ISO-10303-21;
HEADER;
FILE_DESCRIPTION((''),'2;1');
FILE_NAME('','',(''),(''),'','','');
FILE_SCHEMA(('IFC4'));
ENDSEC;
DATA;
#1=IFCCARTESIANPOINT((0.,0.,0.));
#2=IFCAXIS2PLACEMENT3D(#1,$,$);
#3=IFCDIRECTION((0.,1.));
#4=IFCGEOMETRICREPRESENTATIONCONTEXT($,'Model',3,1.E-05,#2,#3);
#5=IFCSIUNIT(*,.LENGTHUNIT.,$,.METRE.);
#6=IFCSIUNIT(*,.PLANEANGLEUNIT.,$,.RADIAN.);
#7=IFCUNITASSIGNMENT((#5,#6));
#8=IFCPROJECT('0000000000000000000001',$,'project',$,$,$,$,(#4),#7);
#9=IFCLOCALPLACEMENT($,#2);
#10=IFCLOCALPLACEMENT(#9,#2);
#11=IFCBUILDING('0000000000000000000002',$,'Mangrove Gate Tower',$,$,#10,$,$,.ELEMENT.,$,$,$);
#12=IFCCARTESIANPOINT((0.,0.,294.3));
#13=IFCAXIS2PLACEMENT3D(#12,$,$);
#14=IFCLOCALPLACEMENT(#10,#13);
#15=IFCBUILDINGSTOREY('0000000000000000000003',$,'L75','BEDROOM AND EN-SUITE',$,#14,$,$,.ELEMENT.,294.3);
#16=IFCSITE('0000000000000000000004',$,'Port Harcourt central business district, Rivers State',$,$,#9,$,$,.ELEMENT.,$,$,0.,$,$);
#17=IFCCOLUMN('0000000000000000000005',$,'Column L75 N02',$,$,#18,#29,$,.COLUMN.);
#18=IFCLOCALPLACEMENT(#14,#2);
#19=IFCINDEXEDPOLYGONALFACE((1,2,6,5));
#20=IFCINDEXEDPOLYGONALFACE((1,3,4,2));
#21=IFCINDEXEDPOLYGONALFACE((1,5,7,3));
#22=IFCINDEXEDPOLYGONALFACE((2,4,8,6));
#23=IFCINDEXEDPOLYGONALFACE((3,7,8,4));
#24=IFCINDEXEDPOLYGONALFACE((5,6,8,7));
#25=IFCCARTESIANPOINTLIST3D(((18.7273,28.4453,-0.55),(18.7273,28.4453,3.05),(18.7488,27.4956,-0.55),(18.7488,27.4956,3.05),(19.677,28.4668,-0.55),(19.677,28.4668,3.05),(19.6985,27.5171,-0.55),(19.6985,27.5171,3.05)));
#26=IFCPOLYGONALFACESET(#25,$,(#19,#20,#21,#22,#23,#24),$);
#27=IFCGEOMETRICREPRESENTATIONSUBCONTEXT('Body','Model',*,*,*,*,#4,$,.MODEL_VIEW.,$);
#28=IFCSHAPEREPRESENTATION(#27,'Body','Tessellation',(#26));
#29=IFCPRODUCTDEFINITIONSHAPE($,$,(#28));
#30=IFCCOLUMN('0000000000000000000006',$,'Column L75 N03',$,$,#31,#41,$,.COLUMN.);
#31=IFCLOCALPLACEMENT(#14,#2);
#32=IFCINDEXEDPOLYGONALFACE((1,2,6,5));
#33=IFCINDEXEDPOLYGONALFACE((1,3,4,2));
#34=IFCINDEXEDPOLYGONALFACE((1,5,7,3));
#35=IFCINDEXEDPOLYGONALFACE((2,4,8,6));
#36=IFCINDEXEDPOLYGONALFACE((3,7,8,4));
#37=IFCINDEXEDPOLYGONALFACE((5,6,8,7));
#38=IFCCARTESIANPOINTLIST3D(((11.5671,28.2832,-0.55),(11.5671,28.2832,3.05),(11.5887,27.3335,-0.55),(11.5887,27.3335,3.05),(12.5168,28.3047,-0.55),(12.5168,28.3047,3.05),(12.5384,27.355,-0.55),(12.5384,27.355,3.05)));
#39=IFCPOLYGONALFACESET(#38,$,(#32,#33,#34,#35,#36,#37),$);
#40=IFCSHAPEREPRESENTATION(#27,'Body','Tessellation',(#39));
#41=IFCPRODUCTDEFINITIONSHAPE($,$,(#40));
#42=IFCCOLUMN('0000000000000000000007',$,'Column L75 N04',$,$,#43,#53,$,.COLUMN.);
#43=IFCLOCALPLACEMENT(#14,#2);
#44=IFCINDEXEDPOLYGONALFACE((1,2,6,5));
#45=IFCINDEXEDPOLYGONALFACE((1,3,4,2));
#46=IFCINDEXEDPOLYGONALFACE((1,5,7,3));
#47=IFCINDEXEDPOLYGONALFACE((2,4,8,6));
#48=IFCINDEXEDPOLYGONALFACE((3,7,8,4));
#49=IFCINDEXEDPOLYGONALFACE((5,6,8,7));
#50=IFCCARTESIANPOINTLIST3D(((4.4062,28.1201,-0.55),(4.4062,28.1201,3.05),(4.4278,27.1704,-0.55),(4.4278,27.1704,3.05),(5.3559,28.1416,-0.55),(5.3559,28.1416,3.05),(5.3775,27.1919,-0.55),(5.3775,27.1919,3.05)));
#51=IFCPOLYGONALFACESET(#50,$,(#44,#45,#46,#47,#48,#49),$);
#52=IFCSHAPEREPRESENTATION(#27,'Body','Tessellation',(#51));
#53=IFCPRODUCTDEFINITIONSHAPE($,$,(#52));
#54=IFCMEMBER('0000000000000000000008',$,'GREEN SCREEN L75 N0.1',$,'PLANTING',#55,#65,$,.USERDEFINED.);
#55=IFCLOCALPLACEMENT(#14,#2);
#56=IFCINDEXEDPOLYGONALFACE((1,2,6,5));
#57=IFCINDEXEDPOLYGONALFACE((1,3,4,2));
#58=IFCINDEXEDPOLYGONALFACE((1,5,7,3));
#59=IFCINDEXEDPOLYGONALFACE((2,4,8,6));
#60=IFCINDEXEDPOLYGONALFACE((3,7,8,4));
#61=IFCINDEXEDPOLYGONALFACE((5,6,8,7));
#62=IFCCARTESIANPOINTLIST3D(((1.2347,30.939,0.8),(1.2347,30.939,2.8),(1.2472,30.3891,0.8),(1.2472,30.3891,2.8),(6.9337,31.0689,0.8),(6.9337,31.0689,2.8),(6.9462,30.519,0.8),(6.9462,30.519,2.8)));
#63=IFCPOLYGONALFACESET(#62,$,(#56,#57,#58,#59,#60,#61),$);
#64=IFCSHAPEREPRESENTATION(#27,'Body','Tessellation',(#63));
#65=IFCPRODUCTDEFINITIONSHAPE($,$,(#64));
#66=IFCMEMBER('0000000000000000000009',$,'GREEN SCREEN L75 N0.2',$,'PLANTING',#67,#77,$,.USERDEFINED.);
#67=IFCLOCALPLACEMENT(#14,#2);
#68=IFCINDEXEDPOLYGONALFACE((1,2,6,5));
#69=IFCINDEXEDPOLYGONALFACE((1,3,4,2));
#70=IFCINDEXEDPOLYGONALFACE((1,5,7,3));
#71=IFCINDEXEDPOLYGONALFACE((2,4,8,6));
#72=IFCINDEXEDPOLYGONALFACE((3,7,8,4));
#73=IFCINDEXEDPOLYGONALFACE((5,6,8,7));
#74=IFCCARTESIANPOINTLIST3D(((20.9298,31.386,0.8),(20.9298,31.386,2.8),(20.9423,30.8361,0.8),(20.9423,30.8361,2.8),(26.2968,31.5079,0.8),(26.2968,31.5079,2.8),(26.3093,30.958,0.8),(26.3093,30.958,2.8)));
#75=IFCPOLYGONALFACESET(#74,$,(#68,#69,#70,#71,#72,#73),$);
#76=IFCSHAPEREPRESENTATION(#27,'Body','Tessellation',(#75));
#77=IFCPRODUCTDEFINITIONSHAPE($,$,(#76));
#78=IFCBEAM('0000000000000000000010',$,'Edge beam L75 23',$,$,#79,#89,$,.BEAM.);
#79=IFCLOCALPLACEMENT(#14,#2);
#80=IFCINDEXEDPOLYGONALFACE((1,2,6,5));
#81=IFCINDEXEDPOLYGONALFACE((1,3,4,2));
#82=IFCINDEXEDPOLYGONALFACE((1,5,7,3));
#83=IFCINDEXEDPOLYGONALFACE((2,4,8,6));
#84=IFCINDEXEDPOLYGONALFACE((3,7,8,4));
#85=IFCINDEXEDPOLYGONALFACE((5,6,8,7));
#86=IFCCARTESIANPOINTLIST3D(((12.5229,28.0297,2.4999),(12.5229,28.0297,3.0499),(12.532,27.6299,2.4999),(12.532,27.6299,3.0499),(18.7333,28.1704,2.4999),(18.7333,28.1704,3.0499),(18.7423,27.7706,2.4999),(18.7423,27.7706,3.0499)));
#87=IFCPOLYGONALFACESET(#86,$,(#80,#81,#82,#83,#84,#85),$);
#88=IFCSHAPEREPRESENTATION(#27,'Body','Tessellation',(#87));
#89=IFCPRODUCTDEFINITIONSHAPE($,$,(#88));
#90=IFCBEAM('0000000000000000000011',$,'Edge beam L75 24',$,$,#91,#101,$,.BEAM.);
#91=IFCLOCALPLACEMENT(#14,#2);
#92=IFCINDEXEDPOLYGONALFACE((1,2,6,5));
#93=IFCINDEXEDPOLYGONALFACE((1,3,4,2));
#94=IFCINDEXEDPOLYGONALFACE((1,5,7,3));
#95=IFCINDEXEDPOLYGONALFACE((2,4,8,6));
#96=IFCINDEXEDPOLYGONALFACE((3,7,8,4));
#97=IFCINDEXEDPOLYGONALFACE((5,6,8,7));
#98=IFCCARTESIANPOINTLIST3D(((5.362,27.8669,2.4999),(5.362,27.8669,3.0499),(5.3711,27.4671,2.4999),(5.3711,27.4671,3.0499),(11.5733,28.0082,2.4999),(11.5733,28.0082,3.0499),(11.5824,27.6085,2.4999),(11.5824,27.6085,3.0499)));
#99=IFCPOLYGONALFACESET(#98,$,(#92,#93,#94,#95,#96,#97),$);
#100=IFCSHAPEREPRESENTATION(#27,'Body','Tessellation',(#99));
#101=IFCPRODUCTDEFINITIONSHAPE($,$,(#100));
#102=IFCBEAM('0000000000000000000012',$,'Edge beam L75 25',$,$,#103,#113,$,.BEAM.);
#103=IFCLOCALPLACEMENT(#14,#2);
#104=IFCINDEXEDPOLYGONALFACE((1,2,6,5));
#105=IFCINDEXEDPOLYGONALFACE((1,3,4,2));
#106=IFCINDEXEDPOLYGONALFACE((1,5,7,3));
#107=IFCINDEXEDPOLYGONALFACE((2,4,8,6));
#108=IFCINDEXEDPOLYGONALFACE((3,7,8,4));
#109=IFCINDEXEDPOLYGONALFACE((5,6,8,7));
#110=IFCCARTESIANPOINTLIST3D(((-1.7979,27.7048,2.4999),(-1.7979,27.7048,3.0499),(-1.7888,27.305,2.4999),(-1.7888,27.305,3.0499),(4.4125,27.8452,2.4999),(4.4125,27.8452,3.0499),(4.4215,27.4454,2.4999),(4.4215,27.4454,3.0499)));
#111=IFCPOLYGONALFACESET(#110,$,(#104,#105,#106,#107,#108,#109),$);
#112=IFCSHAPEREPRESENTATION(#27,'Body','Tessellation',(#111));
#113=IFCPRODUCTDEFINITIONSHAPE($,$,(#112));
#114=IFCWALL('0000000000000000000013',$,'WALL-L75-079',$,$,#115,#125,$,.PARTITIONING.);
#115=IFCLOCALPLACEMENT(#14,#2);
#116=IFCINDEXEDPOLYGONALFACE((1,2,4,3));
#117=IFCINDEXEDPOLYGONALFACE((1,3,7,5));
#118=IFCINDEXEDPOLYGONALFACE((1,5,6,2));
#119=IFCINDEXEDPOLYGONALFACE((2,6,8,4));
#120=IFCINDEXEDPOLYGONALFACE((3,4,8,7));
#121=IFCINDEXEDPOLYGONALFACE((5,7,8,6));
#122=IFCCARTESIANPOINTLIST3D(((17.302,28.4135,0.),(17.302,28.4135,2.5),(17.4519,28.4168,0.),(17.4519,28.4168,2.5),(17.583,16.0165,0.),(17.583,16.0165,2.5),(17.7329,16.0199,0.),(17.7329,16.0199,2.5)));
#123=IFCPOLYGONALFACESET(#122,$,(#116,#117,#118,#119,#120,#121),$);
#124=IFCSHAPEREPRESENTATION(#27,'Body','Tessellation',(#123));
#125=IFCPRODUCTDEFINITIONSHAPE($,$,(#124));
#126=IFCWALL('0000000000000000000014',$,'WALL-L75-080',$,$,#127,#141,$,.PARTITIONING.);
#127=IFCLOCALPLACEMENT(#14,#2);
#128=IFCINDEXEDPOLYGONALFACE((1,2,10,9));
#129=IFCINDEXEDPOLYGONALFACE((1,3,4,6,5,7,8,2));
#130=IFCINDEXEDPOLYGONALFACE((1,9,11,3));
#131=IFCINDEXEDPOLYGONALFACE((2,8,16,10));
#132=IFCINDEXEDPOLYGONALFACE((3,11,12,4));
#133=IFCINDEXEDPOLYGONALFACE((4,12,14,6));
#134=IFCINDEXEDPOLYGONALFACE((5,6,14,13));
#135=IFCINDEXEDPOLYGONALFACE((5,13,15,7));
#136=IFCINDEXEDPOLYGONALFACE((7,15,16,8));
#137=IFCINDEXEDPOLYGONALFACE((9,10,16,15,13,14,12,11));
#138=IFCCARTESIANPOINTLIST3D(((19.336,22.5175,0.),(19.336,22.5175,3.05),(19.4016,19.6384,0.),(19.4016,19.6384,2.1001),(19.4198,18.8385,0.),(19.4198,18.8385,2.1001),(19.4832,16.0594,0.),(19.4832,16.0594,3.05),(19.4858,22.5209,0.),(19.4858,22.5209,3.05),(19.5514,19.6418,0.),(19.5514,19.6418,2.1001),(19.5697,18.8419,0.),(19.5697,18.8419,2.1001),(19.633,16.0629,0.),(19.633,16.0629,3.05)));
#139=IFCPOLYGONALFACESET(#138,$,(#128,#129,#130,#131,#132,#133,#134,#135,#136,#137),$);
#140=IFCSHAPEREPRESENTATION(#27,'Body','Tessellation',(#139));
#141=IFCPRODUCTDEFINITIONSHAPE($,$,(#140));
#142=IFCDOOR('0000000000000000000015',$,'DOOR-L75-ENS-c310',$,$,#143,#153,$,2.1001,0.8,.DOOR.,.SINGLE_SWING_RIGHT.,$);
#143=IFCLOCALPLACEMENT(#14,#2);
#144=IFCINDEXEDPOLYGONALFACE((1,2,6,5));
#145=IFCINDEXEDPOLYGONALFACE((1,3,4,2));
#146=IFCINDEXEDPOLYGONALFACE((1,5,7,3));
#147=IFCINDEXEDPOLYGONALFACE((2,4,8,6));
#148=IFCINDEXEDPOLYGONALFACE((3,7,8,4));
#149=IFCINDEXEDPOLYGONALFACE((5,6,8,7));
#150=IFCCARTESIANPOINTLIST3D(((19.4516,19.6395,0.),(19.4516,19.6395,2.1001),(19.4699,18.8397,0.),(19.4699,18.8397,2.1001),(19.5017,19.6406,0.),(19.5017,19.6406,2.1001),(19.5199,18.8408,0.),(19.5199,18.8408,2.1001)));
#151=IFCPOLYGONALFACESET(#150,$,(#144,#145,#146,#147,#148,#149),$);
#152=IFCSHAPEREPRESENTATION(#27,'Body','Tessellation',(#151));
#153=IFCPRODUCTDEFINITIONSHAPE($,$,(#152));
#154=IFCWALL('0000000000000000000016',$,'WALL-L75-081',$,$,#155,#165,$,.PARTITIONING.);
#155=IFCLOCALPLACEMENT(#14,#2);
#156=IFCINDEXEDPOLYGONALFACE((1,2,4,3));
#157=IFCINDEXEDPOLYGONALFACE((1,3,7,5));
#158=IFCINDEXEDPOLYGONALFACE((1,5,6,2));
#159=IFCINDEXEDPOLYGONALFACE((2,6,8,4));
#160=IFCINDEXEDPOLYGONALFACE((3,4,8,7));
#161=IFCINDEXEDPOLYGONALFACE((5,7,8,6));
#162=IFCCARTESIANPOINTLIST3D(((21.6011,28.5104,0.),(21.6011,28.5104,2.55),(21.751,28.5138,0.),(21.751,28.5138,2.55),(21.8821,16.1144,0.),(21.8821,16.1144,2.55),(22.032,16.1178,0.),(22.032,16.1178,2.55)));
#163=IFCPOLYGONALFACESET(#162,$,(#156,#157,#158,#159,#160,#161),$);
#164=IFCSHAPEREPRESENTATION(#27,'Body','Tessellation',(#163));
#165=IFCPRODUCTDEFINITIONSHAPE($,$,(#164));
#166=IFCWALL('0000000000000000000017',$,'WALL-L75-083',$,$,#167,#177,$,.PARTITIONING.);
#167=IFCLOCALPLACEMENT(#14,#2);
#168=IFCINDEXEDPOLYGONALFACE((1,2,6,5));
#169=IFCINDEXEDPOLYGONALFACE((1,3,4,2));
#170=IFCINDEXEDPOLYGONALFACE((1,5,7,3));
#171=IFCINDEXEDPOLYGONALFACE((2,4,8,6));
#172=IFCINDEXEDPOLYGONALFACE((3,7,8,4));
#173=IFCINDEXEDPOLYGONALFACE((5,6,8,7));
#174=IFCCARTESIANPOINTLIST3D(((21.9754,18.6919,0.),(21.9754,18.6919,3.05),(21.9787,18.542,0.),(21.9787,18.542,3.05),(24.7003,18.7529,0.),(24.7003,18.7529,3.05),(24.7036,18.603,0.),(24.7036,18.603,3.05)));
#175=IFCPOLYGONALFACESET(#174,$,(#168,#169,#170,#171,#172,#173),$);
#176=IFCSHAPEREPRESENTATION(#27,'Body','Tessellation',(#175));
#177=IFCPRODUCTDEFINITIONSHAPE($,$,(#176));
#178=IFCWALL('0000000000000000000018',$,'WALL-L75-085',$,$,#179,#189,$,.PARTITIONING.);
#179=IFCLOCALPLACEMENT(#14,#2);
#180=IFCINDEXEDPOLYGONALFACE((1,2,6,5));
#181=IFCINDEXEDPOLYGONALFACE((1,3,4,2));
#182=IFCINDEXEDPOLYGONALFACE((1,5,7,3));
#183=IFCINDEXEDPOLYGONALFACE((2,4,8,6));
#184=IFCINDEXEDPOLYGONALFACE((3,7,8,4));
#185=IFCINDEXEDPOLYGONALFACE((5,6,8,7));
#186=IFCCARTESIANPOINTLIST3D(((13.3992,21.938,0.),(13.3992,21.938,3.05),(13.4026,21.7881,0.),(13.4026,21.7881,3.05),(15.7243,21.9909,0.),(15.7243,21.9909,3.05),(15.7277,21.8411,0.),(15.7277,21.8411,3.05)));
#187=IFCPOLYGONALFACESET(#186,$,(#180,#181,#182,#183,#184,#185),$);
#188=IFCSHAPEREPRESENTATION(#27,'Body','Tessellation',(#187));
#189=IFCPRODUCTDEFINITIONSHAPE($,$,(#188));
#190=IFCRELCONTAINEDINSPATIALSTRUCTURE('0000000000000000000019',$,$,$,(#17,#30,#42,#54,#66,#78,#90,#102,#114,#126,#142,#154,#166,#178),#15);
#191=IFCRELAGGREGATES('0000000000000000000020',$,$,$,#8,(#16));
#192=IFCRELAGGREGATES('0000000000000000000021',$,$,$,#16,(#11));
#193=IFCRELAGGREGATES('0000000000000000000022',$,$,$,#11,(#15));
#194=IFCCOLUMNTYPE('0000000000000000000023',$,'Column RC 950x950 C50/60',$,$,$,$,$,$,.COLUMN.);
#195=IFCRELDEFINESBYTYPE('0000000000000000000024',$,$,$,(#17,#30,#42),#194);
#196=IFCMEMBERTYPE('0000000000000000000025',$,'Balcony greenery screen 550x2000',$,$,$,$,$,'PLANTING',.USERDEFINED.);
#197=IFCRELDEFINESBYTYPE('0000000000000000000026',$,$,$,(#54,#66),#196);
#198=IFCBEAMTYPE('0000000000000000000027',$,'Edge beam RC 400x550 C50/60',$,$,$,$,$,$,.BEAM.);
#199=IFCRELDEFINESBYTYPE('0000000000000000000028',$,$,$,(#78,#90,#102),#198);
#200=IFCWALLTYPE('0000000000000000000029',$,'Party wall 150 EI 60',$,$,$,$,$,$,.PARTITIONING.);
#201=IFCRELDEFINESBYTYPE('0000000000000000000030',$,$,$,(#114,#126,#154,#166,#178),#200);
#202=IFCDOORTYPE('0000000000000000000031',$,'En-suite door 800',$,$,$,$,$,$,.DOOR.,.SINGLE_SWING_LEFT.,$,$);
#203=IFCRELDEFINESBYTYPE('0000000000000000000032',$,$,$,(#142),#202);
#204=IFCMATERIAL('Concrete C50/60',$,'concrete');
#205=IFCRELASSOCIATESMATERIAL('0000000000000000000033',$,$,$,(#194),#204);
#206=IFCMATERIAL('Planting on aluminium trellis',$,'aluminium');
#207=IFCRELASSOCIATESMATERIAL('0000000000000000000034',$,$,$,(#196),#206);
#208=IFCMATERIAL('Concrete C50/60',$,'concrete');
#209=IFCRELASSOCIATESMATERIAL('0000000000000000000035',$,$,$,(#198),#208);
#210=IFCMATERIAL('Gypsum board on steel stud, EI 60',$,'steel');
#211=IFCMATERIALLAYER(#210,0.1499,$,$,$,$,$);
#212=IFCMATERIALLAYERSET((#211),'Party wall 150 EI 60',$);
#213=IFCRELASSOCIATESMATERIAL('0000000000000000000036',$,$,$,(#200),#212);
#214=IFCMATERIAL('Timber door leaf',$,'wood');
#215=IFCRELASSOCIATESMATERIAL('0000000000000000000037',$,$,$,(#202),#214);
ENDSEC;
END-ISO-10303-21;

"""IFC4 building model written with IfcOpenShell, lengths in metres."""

from ifc_helpers import new_model, si_unit, direction, frame, frame_2d, origin, origin_2d, place, context, subcontext, project, spatial, rectangle, extrude, material, layer, layer_set, material_profile, profile_set, type_object, element, fill, save


model = new_model("IFC4")

# Units and contexts
model_context = context("Model", 3, precision=1e-05, world=origin(), true_north=direction((0.0, 1.0)))
body_context = subcontext(model_context, "Body", "Model", "MODEL_VIEW")
ifc_project = project(units=[si_unit("LENGTHUNIT", "METRE"), si_unit("PLANEANGLEUNIT", "RADIAN")], contexts=[model_context])

# Site, building, storey
site_placement = place(None, origin())
site = spatial("IfcSite", under=ifc_project, at=site_placement, Name="Port Harcourt central business district, Rivers State", CompositionType="ELEMENT", RefElevation=0.0)
building_placement = place(site_placement, origin())
building = spatial("IfcBuilding", under=site, at=building_placement, Name="Mangrove Gate Tower", CompositionType="ELEMENT")
storey_placement = place(building_placement, frame((0.0, 0.0, 294.3)))
storey = spatial("IfcBuildingStorey", under=building, at=storey_placement, Name="L75", Description="BEDROOM AND EN-SUITE", CompositionType="ELEMENT", Elevation=294.3)

# Columns
ifc_material_1 = material(Name="Concrete C50/60", Category="concrete")
ifc_material_profile_1 = material_profile(ifc_material_1, rectangle(XDim=0.95, YDim=0.95, at=origin_2d()))
ifc_profile_set_1 = profile_set([ifc_material_profile_1], Name="Concrete C50/60")
column_type = type_object("IfcColumnType", Name="Column RC 950x950 C50/60", PredefinedType="COLUMN", material=ifc_profile_set_1)
for number, where, z_axis, x_axis, name in (
    (1, (19.2129, 27.9812, -0.55), (0.0, 0.0, 1.0), (-0.999743, -0.022688, 0.0), "Column L75 N02"),
    (2, (12.0527, 27.8191, -0.55), (0.0, 0.0, 1.0), (-0.999743, -0.022688, 0.0), "Column L75 N03"),
    (3, (4.8918, 27.656, -0.55), (0.0, 0.0, 1.0), (-0.999743, -0.022688, 0.0), "Column L75 N04"),
):
    element("IfcColumn", number, at=place(storey_placement, frame(where, z_axis=z_axis, x_axis=x_axis)), inside=storey, type_object=column_type, Name=name, PredefinedType="COLUMN", context=body_context, shape_type="SweptSolid", body=[
        extrude(rectangle(XDim=0.95, YDim=0.95, at=origin_2d()), origin(), (0.0, 0.0, 1.0), 3.6001),
    ])

# Members
ifc_material_2 = material(Name="Planting on aluminium trellis", Category="aluminium")
ifc_material_profile_2 = material_profile(ifc_material_2, rectangle(XDim=0.55, YDim=2.0, at=origin_2d()))
ifc_profile_set_2 = profile_set([ifc_material_profile_2], Name="Planting on aluminium trellis")
member_type = type_object("IfcMemberType", Name="Balcony greenery screen 550x2000", ElementType="PLANTING", PredefinedType="USERDEFINED", material=ifc_profile_set_2)
member_1_placement = place(storey_placement, frame((1.241, 30.6641, 1.8), z_axis=(0.99974, 0.022785, 0.0), x_axis=(-0.022785, 0.99974, 0.0)))
element("IfcMember", 4, at=member_1_placement, inside=storey, type_object=member_type, Name="GREEN SCREEN L75 N0.1", ObjectType="PLANTING", PredefinedType="USERDEFINED", context=body_context, shape_type="SweptSolid", body=[
    extrude(rectangle(XDim=0.55, YDim=2.0, at=origin_2d()), origin(), (0.0, 0.0, 1.0), 5.7004),
])
member_2_placement = place(storey_placement, frame((20.936, 31.1111, 1.8), z_axis=(0.999742, 0.022694, 0.0), x_axis=(-0.022694, 0.999742, 0.0)))
element("IfcMember", 5, at=member_2_placement, inside=storey, type_object=member_type, Name="GREEN SCREEN L75 N0.2", ObjectType="PLANTING", PredefinedType="USERDEFINED", context=body_context, shape_type="SweptSolid", body=[
    extrude(rectangle(XDim=0.55, YDim=2.0, at=origin_2d()), origin(), (0.0, 0.0, 1.0), 5.3684),
])

# Beams
ifc_material_3 = material(Name="Concrete C50/60", Category="concrete")
ifc_material_profile_3 = material_profile(ifc_material_3, rectangle(XDim=0.3999, YDim=0.55, at=origin_2d()))
ifc_profile_set_3 = profile_set([ifc_material_profile_3], Name="Concrete C50/60")
beam_type = type_object("IfcBeamType", Name="Edge beam RC 400x550 C50/60", PredefinedType="BEAM", material=ifc_profile_set_3)
beam_1_placement = place(storey_placement, frame((18.7378, 27.9705, 2.7749), z_axis=(-0.999744, -0.022638, 0.0), x_axis=(0.022638, -0.999744, 0.0)))
element("IfcBeam", 6, at=beam_1_placement, inside=storey, type_object=beam_type, Name="Edge beam L75 23", PredefinedType="BEAM", context=body_context, shape_type="SweptSolid", body=[
    extrude(rectangle(XDim=0.3999, YDim=0.55, at=origin_2d()), origin(), (0.0, 0.0, 1.0), 6.2119),
])
beam_2_placement = place(storey_placement, frame((11.5779, 27.8083, 2.7749), z_axis=(-0.999741, -0.022753, 0.0), x_axis=(0.022753, -0.999741, 0.0)))
element("IfcBeam", 7, at=beam_2_placement, inside=storey, type_object=beam_type, Name="Edge beam L75 24", PredefinedType="BEAM", context=body_context, shape_type="SweptSolid", body=[
    extrude(rectangle(XDim=0.3999, YDim=0.55, at=origin_2d()), origin(), (0.0, 0.0, 1.0), 6.2129),
])
beam_3_placement = place(storey_placement, frame((4.417, 27.6453, 2.7749), z_axis=(-0.999745, -0.022598, 0.0), x_axis=(0.022598, -0.999745, 0.0)))
element("IfcBeam", 8, at=beam_3_placement, inside=storey, type_object=beam_type, Name="Edge beam L75 25", PredefinedType="BEAM", context=body_context, shape_type="SweptSolid", body=[
    extrude(rectangle(XDim=0.3999, YDim=0.55, at=origin_2d()), origin(), (0.0, 0.0, 1.0), 6.2119),
])

# Wall
ifc_material_4 = material(Name="Gypsum board on steel stud, EI 60", Category="steel")
ifc_layer_1 = layer(ifc_material_4, 0.1499)
ifc_layer_set_1 = layer_set([ifc_layer_1], Name="Party wall 150 EI 60")
wall_type_1 = type_object("IfcWallType", Name="Party wall 150 EI 60", PredefinedType="PARTITIONING", material=ifc_layer_set_1)
wall_1_placement = place(storey_placement, frame((17.658, 16.0181, 0.0), z_axis=(0.0, 0.0, 1.0), x_axis=(-0.022661, 0.999743, 0.0)))
element("IfcWall", 9, at=wall_1_placement, inside=storey, type_object=wall_type_1, Name="WALL-L75-079", PredefinedType="PARTITIONING", context=body_context, shape_type="SweptSolid", body=[
    extrude(rectangle(XDim=12.4001, YDim=0.1499, at=frame_2d((6.2002, 0.0))), origin(), (0.0, 0.0, 1.0), 2.5),
])

# Wall, opening, door
wall_2_placement = place(storey_placement, frame((19.5581, 16.061, 0.0), z_axis=(0.0, 0.0, 1.0), x_axis=(-0.02279, 0.99974, 0.0)))
wall_2 = element("IfcWall", 10, at=wall_2_placement, inside=storey, type_object=wall_type_1, Name="WALL-L75-080", PredefinedType="PARTITIONING", context=body_context, shape_type="SweptSolid", body=[
    extrude(rectangle(XDim=6.4597, YDim=0.1499, at=frame_2d((3.23, 0.0))), origin(), (0.0, 0.0, 1.0), 3.05),
])
opening_placement = place(wall_2_placement, frame((2.78, 0.0, 0.0)))
opening = element("IfcOpeningElement", 11, at=opening_placement, cuts=wall_2, PredefinedType="OPENING", context=body_context, shape_type="SweptSolid", body=[
    extrude(rectangle(XDim=0.8, YDim=2.1001, at=frame_2d((0.3999, 1.05))), frame((0.0, 0.085, 0.0), z_axis=(0.0, -1.0, 0.0), x_axis=(1.0, 0.0, 0.0)), (0.0, 0.0, 1.0), 0.1699),
])
ifc_material_5 = material(Name="Timber door leaf", Category="wood")
door_type = type_object("IfcDoorType", Name="En-suite door 800", OperationType="SINGLE_SWING_LEFT", PredefinedType="DOOR", material=ifc_material_5)
door_placement = place(opening_placement, origin())
door = element("IfcDoor", 12, at=door_placement, inside=storey, type_object=door_type, Name="DOOR-L75-ENS-c310", OperationType="SINGLE_SWING_RIGHT", OverallHeight=2.1001, OverallWidth=0.8, PredefinedType="DOOR", context=body_context, shape_type="SweptSolid", body=[
    extrude(rectangle(XDim=0.8, YDim=2.1001, at=frame_2d((0.3999, 1.05))), frame((0.0, 0.0249, 0.0), z_axis=(0.0, -1.0, 0.0), x_axis=(1.0, 0.0, 0.0)), (0.0, 0.0, 1.0), 0.05),
])
fill(opening, door)

# Walls
wall_3_placement = place(storey_placement, frame((21.957, 16.116, 0.0), z_axis=(0.0, 0.0, 1.0), x_axis=(-0.022663, 0.999743, 0.0)))
element("IfcWall", 13, at=wall_3_placement, inside=storey, type_object=wall_type_1, Name="WALL-L75-081", PredefinedType="PARTITIONING", context=body_context, shape_type="SweptSolid", body=[
    extrude(rectangle(XDim=12.3992, YDim=0.1499, at=frame_2d((6.1997, 0.0))), origin(), (0.0, 0.0, 1.0), 2.55),
])
wall_4_placement = place(storey_placement, frame((21.9771, 18.6169, 0.0), z_axis=(0.0, 0.0, 1.0), x_axis=(0.999749, 0.022394, 0.0)))
element("IfcWall", 14, at=wall_4_placement, inside=storey, type_object=wall_type_1, Name="WALL-L75-083", PredefinedType="PARTITIONING", context=body_context, shape_type="SweptSolid", body=[
    extrude(rectangle(XDim=2.7256, YDim=0.1499, at=frame_2d((1.3628, 0.0))), origin(), (0.0, 0.0, 1.0), 3.05),
])
wall_5_placement = place(storey_placement, frame((13.4009, 21.863, 0.0), z_axis=(0.0, 0.0, 1.0), x_axis=(0.999741, 0.022779, 0.0)))
element("IfcWall", 15, at=wall_5_placement, inside=storey, type_object=wall_type_1, Name="WALL-L75-085", PredefinedType="PARTITIONING", context=body_context, shape_type="SweptSolid", body=[
    extrude(rectangle(XDim=2.3257, YDim=0.1499, at=frame_2d((1.1628, 0.0))), origin(), (0.0, 0.0, 1.0), 3.05),
])

save(model, "model.ifc")
